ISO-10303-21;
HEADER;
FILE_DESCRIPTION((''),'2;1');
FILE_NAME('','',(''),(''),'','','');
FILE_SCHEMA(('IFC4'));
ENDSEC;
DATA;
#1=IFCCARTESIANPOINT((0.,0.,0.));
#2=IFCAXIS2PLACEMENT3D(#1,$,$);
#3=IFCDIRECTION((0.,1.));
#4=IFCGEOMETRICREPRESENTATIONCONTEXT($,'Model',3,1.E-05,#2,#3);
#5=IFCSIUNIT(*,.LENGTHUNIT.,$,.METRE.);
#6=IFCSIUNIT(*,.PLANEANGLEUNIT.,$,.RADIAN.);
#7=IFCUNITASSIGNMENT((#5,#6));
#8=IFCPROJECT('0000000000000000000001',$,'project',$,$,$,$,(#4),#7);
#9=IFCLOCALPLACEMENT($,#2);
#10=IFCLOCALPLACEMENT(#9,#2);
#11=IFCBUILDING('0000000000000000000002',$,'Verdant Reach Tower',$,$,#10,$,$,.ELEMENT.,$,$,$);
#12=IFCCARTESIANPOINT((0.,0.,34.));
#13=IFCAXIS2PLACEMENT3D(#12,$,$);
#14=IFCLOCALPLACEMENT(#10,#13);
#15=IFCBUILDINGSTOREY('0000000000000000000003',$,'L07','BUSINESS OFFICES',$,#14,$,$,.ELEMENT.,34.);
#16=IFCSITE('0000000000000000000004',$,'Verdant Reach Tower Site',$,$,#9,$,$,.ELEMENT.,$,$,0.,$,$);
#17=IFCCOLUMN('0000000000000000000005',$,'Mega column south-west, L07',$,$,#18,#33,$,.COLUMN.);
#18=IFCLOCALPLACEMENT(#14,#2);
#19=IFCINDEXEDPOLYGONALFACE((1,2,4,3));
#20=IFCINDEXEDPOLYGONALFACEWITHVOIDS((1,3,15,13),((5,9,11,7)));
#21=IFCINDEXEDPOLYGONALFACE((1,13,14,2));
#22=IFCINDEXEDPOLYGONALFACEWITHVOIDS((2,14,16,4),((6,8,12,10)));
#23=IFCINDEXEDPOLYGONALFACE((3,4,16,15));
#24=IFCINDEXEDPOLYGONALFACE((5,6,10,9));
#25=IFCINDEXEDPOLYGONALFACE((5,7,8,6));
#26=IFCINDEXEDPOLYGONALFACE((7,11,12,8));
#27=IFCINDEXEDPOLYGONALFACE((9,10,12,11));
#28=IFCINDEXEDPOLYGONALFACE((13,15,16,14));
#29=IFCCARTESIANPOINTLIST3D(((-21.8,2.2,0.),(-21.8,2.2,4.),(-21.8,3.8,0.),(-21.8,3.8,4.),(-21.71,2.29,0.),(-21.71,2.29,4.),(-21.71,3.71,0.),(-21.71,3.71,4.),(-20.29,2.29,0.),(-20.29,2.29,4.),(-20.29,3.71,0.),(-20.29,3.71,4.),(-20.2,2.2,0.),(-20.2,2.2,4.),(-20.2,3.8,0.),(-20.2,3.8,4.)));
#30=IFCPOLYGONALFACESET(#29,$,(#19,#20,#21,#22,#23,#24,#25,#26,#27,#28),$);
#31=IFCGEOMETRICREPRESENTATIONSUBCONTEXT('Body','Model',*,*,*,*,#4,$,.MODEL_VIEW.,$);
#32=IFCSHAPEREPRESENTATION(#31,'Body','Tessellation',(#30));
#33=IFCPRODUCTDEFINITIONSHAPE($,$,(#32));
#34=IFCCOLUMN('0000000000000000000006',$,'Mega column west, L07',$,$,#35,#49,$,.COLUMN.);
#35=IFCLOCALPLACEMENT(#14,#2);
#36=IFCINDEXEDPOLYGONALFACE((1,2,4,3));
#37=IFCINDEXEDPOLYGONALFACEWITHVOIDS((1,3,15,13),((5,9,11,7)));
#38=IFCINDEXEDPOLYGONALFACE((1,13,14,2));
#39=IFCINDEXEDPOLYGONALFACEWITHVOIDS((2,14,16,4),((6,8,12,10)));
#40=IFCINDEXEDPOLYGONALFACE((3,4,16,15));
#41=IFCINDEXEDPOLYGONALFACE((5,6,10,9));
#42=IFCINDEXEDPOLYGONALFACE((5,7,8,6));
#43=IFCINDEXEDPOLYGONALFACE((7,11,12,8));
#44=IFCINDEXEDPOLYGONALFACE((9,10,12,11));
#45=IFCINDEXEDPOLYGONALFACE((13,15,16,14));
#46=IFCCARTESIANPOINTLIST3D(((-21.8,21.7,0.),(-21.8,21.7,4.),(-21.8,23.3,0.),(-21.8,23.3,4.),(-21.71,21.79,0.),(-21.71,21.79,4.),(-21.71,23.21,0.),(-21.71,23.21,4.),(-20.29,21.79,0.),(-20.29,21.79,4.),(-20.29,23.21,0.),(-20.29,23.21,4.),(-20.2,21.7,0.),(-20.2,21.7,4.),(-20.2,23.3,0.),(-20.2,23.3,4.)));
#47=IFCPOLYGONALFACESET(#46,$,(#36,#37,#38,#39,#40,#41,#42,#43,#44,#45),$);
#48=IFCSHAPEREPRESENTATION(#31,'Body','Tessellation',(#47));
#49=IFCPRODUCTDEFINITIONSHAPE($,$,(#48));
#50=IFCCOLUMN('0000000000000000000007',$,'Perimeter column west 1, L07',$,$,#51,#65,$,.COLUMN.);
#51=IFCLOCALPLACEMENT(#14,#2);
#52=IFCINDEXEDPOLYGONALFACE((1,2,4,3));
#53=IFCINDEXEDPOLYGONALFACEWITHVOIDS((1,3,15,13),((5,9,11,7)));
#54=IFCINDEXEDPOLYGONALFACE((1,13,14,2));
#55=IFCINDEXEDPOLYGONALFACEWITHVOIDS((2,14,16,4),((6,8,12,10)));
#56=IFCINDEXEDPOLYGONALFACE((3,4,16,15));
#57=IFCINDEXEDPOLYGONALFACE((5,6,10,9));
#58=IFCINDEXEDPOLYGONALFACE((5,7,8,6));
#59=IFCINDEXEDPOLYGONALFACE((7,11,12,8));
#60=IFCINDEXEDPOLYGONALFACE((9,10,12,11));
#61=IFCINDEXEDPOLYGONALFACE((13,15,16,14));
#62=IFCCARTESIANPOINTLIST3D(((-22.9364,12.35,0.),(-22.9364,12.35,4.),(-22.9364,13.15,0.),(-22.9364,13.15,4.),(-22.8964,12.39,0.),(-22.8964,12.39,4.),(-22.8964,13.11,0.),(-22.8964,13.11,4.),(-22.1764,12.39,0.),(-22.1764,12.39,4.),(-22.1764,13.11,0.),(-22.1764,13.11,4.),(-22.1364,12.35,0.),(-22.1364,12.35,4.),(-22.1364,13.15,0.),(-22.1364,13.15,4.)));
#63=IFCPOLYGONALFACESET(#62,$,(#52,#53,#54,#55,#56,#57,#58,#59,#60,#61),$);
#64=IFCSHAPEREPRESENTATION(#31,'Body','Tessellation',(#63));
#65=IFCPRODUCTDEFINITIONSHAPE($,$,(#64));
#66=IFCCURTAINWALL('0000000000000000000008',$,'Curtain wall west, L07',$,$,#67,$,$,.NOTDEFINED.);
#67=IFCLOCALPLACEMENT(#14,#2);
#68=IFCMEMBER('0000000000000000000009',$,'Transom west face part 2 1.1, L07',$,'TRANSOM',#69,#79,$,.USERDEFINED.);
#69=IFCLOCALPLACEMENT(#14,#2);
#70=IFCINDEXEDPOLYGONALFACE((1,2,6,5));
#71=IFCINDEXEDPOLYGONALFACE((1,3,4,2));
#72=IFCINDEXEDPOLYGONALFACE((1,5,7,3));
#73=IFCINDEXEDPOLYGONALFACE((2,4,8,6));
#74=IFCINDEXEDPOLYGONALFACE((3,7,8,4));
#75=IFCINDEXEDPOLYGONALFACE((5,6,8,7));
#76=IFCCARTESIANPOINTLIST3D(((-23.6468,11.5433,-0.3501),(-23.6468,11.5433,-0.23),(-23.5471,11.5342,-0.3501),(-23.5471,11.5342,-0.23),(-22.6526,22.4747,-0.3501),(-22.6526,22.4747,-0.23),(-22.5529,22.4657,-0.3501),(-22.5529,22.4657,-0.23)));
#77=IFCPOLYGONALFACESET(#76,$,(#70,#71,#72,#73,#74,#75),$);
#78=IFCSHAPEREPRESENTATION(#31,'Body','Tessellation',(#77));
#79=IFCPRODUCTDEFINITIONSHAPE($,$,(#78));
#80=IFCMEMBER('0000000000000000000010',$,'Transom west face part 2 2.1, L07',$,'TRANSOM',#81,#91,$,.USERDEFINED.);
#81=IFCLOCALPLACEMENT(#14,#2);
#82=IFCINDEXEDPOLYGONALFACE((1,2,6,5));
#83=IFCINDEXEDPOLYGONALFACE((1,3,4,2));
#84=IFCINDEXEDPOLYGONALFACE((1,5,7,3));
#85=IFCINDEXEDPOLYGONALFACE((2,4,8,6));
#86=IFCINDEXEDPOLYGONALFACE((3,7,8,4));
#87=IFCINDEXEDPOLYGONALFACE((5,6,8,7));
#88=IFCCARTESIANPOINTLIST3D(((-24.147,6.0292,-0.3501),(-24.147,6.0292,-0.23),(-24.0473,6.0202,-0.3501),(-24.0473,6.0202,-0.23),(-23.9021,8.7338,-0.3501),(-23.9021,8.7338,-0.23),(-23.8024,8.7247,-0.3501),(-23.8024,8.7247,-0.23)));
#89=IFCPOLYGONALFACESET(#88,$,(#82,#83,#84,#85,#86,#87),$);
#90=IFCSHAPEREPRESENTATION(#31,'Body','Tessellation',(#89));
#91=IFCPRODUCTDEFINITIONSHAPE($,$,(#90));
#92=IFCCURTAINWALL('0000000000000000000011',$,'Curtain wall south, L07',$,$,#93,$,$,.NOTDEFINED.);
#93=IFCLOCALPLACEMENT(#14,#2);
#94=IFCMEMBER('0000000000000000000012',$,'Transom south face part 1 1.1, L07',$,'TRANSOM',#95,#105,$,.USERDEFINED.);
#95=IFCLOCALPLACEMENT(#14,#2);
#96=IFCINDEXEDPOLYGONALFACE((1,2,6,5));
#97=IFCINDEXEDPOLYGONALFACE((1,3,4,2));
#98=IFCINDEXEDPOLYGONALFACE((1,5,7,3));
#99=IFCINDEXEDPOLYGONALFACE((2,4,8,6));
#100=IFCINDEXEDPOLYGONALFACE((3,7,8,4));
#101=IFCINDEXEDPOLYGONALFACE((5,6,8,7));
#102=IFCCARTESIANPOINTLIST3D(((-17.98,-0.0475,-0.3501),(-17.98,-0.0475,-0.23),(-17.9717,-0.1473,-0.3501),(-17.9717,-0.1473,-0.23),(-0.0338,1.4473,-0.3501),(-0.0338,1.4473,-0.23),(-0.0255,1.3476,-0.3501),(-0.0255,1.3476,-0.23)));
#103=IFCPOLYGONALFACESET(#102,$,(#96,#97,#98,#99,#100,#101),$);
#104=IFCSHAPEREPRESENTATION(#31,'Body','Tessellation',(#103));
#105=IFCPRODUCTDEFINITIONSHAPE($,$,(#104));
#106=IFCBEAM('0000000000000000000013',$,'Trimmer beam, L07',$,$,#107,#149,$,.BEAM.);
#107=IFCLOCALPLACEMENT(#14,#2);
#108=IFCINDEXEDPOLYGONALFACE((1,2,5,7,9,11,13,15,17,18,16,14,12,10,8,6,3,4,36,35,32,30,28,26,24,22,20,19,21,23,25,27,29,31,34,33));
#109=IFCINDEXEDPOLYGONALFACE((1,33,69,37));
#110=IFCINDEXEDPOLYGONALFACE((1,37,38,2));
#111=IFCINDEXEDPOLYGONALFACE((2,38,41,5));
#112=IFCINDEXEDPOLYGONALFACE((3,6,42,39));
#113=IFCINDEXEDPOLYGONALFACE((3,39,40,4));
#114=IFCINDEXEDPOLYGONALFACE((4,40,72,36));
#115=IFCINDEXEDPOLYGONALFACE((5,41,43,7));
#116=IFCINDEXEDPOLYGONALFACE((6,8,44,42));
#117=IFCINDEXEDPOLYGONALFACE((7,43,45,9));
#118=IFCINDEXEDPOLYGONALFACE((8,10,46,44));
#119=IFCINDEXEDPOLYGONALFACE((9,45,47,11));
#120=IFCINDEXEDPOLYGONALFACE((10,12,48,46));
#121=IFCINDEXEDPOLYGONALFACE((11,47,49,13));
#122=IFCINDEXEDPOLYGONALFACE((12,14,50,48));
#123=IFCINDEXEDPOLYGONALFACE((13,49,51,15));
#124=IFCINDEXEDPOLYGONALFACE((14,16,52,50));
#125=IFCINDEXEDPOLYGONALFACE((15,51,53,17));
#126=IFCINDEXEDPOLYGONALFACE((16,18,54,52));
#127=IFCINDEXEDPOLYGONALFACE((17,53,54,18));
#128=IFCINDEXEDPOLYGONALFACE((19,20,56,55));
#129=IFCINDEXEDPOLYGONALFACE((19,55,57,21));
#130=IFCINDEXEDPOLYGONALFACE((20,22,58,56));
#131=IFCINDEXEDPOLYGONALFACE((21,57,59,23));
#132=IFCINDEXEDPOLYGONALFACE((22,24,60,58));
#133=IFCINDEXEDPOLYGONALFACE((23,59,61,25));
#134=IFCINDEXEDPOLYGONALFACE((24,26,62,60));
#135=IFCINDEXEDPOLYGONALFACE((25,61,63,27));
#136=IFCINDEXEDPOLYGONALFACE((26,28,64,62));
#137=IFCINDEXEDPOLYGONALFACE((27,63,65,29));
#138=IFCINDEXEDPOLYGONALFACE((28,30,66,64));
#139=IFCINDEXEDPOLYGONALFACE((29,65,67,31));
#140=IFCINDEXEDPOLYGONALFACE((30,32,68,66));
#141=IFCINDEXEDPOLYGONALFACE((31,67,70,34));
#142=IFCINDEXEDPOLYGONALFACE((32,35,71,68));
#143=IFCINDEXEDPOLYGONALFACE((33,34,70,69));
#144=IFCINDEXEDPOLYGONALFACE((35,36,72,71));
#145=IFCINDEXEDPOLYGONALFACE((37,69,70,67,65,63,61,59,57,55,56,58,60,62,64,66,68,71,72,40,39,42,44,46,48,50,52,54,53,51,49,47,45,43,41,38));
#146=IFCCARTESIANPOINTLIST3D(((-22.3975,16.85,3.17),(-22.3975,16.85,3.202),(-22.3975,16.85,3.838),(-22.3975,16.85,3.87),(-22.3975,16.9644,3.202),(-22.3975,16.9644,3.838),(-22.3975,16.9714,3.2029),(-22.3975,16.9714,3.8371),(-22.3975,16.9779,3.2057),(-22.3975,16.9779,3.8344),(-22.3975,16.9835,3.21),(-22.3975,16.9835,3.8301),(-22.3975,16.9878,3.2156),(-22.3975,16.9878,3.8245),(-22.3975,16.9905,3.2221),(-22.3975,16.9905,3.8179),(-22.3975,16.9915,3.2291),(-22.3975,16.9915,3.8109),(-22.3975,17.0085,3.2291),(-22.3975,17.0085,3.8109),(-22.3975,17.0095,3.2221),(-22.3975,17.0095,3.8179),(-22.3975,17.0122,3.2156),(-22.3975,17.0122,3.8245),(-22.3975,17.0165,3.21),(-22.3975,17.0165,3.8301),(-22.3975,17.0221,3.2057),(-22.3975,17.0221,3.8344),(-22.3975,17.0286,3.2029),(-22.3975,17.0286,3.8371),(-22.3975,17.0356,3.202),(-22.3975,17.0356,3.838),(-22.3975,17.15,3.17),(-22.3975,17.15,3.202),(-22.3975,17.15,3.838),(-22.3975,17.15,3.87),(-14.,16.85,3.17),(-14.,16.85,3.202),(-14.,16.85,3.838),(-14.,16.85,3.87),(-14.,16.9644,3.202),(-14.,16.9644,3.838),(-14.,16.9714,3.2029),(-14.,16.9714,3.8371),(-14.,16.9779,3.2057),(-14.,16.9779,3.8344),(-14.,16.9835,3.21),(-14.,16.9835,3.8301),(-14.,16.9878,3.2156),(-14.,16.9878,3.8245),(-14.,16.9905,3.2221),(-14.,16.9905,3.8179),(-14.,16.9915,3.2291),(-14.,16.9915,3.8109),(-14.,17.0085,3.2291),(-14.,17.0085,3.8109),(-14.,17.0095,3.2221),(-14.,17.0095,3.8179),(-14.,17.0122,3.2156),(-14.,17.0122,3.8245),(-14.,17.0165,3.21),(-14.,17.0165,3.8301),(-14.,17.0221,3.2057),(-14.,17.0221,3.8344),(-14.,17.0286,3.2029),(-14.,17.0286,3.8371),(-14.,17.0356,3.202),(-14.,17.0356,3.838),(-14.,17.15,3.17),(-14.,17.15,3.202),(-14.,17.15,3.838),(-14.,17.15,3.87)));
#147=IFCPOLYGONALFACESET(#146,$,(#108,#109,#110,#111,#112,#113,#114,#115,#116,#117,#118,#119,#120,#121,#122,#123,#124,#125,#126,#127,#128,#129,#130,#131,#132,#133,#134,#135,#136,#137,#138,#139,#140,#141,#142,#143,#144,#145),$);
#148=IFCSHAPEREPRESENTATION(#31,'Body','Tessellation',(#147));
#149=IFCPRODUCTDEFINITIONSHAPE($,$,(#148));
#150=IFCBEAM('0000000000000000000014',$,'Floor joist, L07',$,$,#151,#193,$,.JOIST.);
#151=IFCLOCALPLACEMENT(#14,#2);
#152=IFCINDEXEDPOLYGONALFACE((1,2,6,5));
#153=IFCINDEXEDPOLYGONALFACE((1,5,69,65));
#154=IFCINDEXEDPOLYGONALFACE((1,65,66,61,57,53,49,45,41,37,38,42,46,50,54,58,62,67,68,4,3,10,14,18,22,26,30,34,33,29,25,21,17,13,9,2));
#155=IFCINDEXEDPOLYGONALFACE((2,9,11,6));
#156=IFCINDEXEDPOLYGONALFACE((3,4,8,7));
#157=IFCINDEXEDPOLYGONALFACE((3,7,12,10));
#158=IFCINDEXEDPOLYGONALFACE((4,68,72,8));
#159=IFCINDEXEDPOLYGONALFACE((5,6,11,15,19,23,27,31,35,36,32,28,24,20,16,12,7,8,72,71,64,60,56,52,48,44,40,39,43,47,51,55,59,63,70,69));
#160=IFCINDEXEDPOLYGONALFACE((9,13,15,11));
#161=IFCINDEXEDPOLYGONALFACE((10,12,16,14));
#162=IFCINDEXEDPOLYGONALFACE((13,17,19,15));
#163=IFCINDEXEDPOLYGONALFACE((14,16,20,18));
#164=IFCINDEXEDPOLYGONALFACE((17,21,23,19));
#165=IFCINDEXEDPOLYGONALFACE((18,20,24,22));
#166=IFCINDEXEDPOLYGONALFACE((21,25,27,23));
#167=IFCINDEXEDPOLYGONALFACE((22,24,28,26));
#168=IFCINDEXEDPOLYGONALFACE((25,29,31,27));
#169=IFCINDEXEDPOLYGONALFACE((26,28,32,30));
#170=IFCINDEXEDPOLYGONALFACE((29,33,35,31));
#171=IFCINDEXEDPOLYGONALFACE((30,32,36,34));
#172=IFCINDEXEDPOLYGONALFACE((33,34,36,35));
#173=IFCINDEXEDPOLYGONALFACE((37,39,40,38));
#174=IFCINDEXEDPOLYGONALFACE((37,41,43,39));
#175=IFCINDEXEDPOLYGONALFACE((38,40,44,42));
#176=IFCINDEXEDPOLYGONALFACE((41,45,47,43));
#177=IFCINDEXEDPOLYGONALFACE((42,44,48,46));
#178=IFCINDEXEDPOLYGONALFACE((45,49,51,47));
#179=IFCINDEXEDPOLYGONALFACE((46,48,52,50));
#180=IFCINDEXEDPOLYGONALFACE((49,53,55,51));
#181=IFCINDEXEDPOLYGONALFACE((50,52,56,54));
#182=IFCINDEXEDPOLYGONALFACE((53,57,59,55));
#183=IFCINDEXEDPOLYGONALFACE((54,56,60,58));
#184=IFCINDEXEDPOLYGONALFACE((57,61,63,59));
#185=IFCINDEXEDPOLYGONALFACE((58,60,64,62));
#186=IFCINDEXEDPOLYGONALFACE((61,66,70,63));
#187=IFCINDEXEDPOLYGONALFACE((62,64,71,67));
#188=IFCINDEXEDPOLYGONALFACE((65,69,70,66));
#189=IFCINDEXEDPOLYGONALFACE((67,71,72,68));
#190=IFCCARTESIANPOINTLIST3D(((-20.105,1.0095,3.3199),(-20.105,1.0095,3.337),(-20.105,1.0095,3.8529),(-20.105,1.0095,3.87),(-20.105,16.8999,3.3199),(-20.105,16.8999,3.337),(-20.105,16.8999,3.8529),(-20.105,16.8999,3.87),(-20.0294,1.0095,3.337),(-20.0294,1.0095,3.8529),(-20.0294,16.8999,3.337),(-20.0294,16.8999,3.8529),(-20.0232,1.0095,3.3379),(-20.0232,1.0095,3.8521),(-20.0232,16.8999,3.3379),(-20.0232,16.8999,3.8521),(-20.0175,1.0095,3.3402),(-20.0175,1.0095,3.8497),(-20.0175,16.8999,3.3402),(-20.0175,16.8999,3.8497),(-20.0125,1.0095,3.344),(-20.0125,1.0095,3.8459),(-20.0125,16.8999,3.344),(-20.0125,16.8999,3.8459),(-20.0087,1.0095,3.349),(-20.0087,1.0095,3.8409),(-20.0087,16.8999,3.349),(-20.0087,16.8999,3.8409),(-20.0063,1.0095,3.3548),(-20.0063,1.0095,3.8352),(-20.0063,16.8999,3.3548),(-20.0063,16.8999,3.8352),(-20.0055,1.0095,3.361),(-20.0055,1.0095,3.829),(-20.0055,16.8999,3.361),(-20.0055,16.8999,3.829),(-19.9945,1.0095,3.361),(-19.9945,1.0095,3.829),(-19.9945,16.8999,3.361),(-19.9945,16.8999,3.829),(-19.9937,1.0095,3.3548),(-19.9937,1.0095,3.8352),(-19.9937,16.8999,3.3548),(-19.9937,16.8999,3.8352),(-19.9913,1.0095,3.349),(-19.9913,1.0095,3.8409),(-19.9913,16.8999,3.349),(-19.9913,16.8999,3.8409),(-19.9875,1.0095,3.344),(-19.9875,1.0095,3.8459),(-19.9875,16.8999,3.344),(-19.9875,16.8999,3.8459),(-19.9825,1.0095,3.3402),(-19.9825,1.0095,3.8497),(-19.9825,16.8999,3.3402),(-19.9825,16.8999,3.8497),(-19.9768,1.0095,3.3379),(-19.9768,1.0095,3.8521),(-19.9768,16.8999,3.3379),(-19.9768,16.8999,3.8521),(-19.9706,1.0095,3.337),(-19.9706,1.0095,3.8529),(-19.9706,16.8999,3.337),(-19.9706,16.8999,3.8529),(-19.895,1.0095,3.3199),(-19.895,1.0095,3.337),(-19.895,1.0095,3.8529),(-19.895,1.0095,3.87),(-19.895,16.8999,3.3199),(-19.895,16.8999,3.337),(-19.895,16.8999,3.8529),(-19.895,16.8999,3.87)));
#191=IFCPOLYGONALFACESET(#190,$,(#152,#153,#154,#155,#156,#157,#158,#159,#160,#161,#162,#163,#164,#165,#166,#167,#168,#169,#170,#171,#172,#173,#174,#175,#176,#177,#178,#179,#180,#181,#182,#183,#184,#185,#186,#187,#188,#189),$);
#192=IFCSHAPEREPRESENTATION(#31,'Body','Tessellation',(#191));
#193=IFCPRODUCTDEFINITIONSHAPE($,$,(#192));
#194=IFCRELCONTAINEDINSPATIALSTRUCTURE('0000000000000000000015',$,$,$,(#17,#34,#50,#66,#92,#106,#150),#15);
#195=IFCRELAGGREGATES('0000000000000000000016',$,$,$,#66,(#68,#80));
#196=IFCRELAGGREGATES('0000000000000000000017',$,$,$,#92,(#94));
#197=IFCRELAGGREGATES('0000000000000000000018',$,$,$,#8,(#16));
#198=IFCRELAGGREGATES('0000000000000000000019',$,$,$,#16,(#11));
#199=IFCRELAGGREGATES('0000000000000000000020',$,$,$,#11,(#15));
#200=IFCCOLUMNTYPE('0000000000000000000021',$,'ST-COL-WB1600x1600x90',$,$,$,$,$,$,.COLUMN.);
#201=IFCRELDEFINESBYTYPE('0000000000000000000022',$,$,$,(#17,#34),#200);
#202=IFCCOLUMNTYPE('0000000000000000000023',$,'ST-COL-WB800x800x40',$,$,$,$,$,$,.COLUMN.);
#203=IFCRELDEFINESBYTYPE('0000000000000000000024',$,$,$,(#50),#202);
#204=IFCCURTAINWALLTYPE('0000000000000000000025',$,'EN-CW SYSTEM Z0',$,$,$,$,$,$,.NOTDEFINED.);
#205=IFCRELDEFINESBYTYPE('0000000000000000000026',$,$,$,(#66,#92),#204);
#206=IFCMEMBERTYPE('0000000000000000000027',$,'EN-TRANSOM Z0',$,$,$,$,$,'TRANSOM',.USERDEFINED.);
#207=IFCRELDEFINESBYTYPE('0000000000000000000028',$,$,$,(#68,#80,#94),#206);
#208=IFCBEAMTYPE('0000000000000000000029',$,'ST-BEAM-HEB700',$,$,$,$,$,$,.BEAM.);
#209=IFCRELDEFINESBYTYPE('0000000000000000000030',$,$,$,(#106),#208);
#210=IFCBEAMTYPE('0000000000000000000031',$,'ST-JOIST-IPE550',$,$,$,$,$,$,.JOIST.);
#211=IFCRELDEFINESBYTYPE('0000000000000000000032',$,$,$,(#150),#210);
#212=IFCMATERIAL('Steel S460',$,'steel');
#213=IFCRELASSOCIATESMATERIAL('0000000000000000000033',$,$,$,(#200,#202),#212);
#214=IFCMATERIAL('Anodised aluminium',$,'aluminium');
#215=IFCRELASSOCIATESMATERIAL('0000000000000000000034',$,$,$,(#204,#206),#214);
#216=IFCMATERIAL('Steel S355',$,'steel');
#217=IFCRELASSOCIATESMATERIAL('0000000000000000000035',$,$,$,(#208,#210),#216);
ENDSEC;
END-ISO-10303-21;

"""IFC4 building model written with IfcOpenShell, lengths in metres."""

from ifc_helpers import new_model, si_unit, direction, frame, origin, origin_2d, place, context, subcontext, project, spatial, rectangle, hollow_rectangle, i_section, extrude, material, material_profile, profile_set, type_object, element, aggregate, save


model = new_model("IFC4")

# Units and contexts
model_context = context("Model", 3, precision=1e-05, world=origin(), true_north=direction((0.0, 1.0)))
body_context = subcontext(model_context, "Body", "Model", "MODEL_VIEW")
ifc_project = project(units=[si_unit("LENGTHUNIT", "METRE"), si_unit("PLANEANGLEUNIT", "RADIAN")], contexts=[model_context])

# Site, building, storey
site_placement = place(None, origin())
site = spatial("IfcSite", under=ifc_project, at=site_placement, Name="Verdant Reach Tower Site", CompositionType="ELEMENT", RefElevation=0.0)
building_placement = place(site_placement, origin())
building = spatial("IfcBuilding", under=site, at=building_placement, Name="Verdant Reach Tower", CompositionType="ELEMENT")
storey_placement = place(building_placement, frame((0.0, 0.0, 34.0)))
storey = spatial("IfcBuildingStorey", under=building, at=storey_placement, Name="L07", Description="BUSINESS OFFICES", CompositionType="ELEMENT", Elevation=34.0)

# Columns
ifc_material_1 = material(Name="Steel S460", Category="steel")
ifc_material_profile_1 = material_profile(ifc_material_1, hollow_rectangle(XDim=1.6001, YDim=1.6001, WallThickness=0.0901, at=origin_2d()), Name="WB 1600x1600x90")
ifc_profile_set_1 = profile_set([ifc_material_profile_1], Name="Steel S460")
column_type_1 = type_object("IfcColumnType", Name="ST-COL-WB1600x1600x90", PredefinedType="COLUMN", material=ifc_profile_set_1)
for number, where, z_axis, x_axis, name in (
    (1, (-21.0, 3.0, 0.0), (0.0, 0.0, 1.0), (1.0, 0.0, 0.0), "Mega column south-west, L07"),
    (2, (-21.0, 22.5, 0.0), (0.0, 0.0, 1.0), (1.0, 0.0, 0.0), "Mega column west, L07"),
):
    element("IfcColumn", number, at=place(storey_placement, frame(where, z_axis=z_axis, x_axis=x_axis)), inside=storey, type_object=column_type_1, Name=name, PredefinedType="COLUMN", context=body_context, shape_type="SweptSolid", body=[
        extrude(hollow_rectangle(XDim=1.6001, YDim=1.6001, WallThickness=0.0901, at=origin_2d()), origin(), (0.0, 0.0, 1.0), 4.0),
    ])
ifc_material_profile_2 = material_profile(ifc_material_1, hollow_rectangle(XDim=0.8, YDim=0.8, WallThickness=0.04, at=origin_2d()), Name="WB 800x800x40")
ifc_profile_set_2 = profile_set([ifc_material_profile_2], Name="Steel S460")
column_type_2 = type_object("IfcColumnType", Name="ST-COL-WB800x800x40", PredefinedType="COLUMN", material=ifc_profile_set_2)
column_placement = place(storey_placement, frame((-22.5364, 12.75, 0.0), z_axis=(0.0, 0.0, 1.0), x_axis=(1.0, 0.0, 0.0)))
element("IfcColumn", 3, at=column_placement, inside=storey, type_object=column_type_2, Name="Perimeter column west 1, L07", PredefinedType="COLUMN", context=body_context, shape_type="SweptSolid", body=[
    extrude(hollow_rectangle(XDim=0.8, YDim=0.8, WallThickness=0.04, at=origin_2d()), origin(), (0.0, 0.0, 1.0), 4.0),
])

# Curtain wall, members
ifc_material_2 = material(Name="Anodised aluminium", Category="aluminium")
curtain_wall_type = type_object("IfcCurtainWallType", Name="EN-CW SYSTEM Z0", PredefinedType="NOTDEFINED", material=ifc_material_2)
curtain_wall_1_placement = place(storey_placement, origin())
curtain_wall_1 = element("IfcCurtainWall", 4, at=curtain_wall_1_placement, inside=storey, type_object=curtain_wall_type, Name="Curtain wall west, L07", PredefinedType="NOTDEFINED")
ifc_material_profile_3 = material_profile(ifc_material_2, rectangle(XDim=0.1001, YDim=0.1201, at=origin_2d()), Name="Transom 120x100")
ifc_profile_set_3 = profile_set([ifc_material_profile_3], Name="Anodised aluminium")
member_type = type_object("IfcMemberType", Name="EN-TRANSOM Z0", ElementType="TRANSOM", PredefinedType="USERDEFINED", material=ifc_profile_set_3)
member_1_placement = place(storey_placement, frame((-22.6028, 22.4702, -0.29), z_axis=(-0.09057, -0.99589, 0.0), x_axis=(0.99589, -0.09057, 0.0)))
member_1 = element("IfcMember", 5, at=member_1_placement, type_object=member_type, Name="Transom west face part 2 1.1, L07", ObjectType="TRANSOM", PredefinedType="USERDEFINED", context=body_context, shape_type="SweptSolid", body=[
    extrude(rectangle(XDim=0.1001, YDim=0.1201, at=origin_2d()), origin(), (0.0, 0.0, 1.0), 10.9766),
])
member_2_placement = place(storey_placement, frame((-23.8523, 8.7292, -0.29), z_axis=(-0.090171, -0.995926, 0.0), x_axis=(0.995926, -0.090171, 0.0)))
member_2 = element("IfcMember", 6, at=member_2_placement, type_object=member_type, Name="Transom west face part 2 2.1, L07", ObjectType="TRANSOM", PredefinedType="USERDEFINED", context=body_context, shape_type="SweptSolid", body=[
    extrude(rectangle(XDim=0.1001, YDim=0.1201, at=origin_2d()), origin(), (0.0, 0.0, 1.0), 2.7156),
])

# Curtain wall, member
curtain_wall_2_placement = place(storey_placement, origin())
curtain_wall_2 = element("IfcCurtainWall", 7, at=curtain_wall_2_placement, inside=storey, type_object=curtain_wall_type, Name="Curtain wall south, L07", PredefinedType="NOTDEFINED")
member_3_placement = place(storey_placement, frame((-17.9758, -0.0974, -0.29), z_axis=(0.996549, 0.083011, 0.0), x_axis=(-0.083011, 0.996549, 0.0)))
member_3 = element("IfcMember", 8, at=member_3_placement, type_object=member_type, Name="Transom south face part 1 1.1, L07", ObjectType="TRANSOM", PredefinedType="USERDEFINED", context=body_context, shape_type="SweptSolid", body=[
    extrude(rectangle(XDim=0.1001, YDim=0.1201, at=origin_2d()), origin(), (0.0, 0.0, 1.0), 18.0083),
])

# Beams
ifc_material_3 = material(Name="Steel S355", Category="steel")
ifc_material_profile_4 = material_profile(ifc_material_3, i_section(OverallWidth=0.3, OverallDepth=0.7, WebThickness=0.0171, FlangeThickness=0.032, FilletRadius=0.0271, at=origin_2d()), Name="HEB 700")
ifc_profile_set_4 = profile_set([ifc_material_profile_4], Name="Steel S355")
beam_type_1 = type_object("IfcBeamType", Name="ST-BEAM-HEB700", PredefinedType="BEAM", material=ifc_profile_set_4)
beam_1_placement = place(storey_placement, frame((-14.0, 17.0, 3.52), z_axis=(-1.0, 0.0, 0.0), x_axis=(0.0, -1.0, 0.0)))
element("IfcBeam", 9, at=beam_1_placement, inside=storey, type_object=beam_type_1, Name="Trimmer beam, L07", PredefinedType="BEAM", context=body_context, shape_type="SweptSolid", body=[
    extrude(i_section(OverallWidth=0.3, OverallDepth=0.7, WebThickness=0.0171, FlangeThickness=0.032, FilletRadius=0.0271, at=origin_2d()), origin(), (0.0, 0.0, 1.0), 8.3975),
])
ifc_material_profile_5 = material_profile(ifc_material_3, i_section(OverallWidth=0.21, OverallDepth=0.55, WebThickness=0.011, FlangeThickness=0.0171, FilletRadius=0.0239, at=origin_2d()), Name="IPE 550")
ifc_profile_set_5 = profile_set([ifc_material_profile_5], Name="Steel S355")
beam_type_2 = type_object("IfcBeamType", Name="ST-JOIST-IPE550", PredefinedType="JOIST", material=ifc_profile_set_5)
beam_2_placement = place(storey_placement, frame((-20.0, 16.8999, 3.595), z_axis=(0.0, -1.0, 0.0), x_axis=(1.0, 0.0, 0.0)))
element("IfcBeam", 10, at=beam_2_placement, inside=storey, type_object=beam_type_2, Name="Floor joist, L07", PredefinedType="JOIST", context=body_context, shape_type="SweptSolid", body=[
    extrude(i_section(OverallWidth=0.21, OverallDepth=0.55, WebThickness=0.011, FlangeThickness=0.0171, FilletRadius=0.0239, at=origin_2d()), origin(), (0.0, 0.0, 1.0), 15.8904),
])

aggregate(curtain_wall_1, [member_1, member_2])
aggregate(curtain_wall_2, [member_3])

save(model, "model.ifc")
